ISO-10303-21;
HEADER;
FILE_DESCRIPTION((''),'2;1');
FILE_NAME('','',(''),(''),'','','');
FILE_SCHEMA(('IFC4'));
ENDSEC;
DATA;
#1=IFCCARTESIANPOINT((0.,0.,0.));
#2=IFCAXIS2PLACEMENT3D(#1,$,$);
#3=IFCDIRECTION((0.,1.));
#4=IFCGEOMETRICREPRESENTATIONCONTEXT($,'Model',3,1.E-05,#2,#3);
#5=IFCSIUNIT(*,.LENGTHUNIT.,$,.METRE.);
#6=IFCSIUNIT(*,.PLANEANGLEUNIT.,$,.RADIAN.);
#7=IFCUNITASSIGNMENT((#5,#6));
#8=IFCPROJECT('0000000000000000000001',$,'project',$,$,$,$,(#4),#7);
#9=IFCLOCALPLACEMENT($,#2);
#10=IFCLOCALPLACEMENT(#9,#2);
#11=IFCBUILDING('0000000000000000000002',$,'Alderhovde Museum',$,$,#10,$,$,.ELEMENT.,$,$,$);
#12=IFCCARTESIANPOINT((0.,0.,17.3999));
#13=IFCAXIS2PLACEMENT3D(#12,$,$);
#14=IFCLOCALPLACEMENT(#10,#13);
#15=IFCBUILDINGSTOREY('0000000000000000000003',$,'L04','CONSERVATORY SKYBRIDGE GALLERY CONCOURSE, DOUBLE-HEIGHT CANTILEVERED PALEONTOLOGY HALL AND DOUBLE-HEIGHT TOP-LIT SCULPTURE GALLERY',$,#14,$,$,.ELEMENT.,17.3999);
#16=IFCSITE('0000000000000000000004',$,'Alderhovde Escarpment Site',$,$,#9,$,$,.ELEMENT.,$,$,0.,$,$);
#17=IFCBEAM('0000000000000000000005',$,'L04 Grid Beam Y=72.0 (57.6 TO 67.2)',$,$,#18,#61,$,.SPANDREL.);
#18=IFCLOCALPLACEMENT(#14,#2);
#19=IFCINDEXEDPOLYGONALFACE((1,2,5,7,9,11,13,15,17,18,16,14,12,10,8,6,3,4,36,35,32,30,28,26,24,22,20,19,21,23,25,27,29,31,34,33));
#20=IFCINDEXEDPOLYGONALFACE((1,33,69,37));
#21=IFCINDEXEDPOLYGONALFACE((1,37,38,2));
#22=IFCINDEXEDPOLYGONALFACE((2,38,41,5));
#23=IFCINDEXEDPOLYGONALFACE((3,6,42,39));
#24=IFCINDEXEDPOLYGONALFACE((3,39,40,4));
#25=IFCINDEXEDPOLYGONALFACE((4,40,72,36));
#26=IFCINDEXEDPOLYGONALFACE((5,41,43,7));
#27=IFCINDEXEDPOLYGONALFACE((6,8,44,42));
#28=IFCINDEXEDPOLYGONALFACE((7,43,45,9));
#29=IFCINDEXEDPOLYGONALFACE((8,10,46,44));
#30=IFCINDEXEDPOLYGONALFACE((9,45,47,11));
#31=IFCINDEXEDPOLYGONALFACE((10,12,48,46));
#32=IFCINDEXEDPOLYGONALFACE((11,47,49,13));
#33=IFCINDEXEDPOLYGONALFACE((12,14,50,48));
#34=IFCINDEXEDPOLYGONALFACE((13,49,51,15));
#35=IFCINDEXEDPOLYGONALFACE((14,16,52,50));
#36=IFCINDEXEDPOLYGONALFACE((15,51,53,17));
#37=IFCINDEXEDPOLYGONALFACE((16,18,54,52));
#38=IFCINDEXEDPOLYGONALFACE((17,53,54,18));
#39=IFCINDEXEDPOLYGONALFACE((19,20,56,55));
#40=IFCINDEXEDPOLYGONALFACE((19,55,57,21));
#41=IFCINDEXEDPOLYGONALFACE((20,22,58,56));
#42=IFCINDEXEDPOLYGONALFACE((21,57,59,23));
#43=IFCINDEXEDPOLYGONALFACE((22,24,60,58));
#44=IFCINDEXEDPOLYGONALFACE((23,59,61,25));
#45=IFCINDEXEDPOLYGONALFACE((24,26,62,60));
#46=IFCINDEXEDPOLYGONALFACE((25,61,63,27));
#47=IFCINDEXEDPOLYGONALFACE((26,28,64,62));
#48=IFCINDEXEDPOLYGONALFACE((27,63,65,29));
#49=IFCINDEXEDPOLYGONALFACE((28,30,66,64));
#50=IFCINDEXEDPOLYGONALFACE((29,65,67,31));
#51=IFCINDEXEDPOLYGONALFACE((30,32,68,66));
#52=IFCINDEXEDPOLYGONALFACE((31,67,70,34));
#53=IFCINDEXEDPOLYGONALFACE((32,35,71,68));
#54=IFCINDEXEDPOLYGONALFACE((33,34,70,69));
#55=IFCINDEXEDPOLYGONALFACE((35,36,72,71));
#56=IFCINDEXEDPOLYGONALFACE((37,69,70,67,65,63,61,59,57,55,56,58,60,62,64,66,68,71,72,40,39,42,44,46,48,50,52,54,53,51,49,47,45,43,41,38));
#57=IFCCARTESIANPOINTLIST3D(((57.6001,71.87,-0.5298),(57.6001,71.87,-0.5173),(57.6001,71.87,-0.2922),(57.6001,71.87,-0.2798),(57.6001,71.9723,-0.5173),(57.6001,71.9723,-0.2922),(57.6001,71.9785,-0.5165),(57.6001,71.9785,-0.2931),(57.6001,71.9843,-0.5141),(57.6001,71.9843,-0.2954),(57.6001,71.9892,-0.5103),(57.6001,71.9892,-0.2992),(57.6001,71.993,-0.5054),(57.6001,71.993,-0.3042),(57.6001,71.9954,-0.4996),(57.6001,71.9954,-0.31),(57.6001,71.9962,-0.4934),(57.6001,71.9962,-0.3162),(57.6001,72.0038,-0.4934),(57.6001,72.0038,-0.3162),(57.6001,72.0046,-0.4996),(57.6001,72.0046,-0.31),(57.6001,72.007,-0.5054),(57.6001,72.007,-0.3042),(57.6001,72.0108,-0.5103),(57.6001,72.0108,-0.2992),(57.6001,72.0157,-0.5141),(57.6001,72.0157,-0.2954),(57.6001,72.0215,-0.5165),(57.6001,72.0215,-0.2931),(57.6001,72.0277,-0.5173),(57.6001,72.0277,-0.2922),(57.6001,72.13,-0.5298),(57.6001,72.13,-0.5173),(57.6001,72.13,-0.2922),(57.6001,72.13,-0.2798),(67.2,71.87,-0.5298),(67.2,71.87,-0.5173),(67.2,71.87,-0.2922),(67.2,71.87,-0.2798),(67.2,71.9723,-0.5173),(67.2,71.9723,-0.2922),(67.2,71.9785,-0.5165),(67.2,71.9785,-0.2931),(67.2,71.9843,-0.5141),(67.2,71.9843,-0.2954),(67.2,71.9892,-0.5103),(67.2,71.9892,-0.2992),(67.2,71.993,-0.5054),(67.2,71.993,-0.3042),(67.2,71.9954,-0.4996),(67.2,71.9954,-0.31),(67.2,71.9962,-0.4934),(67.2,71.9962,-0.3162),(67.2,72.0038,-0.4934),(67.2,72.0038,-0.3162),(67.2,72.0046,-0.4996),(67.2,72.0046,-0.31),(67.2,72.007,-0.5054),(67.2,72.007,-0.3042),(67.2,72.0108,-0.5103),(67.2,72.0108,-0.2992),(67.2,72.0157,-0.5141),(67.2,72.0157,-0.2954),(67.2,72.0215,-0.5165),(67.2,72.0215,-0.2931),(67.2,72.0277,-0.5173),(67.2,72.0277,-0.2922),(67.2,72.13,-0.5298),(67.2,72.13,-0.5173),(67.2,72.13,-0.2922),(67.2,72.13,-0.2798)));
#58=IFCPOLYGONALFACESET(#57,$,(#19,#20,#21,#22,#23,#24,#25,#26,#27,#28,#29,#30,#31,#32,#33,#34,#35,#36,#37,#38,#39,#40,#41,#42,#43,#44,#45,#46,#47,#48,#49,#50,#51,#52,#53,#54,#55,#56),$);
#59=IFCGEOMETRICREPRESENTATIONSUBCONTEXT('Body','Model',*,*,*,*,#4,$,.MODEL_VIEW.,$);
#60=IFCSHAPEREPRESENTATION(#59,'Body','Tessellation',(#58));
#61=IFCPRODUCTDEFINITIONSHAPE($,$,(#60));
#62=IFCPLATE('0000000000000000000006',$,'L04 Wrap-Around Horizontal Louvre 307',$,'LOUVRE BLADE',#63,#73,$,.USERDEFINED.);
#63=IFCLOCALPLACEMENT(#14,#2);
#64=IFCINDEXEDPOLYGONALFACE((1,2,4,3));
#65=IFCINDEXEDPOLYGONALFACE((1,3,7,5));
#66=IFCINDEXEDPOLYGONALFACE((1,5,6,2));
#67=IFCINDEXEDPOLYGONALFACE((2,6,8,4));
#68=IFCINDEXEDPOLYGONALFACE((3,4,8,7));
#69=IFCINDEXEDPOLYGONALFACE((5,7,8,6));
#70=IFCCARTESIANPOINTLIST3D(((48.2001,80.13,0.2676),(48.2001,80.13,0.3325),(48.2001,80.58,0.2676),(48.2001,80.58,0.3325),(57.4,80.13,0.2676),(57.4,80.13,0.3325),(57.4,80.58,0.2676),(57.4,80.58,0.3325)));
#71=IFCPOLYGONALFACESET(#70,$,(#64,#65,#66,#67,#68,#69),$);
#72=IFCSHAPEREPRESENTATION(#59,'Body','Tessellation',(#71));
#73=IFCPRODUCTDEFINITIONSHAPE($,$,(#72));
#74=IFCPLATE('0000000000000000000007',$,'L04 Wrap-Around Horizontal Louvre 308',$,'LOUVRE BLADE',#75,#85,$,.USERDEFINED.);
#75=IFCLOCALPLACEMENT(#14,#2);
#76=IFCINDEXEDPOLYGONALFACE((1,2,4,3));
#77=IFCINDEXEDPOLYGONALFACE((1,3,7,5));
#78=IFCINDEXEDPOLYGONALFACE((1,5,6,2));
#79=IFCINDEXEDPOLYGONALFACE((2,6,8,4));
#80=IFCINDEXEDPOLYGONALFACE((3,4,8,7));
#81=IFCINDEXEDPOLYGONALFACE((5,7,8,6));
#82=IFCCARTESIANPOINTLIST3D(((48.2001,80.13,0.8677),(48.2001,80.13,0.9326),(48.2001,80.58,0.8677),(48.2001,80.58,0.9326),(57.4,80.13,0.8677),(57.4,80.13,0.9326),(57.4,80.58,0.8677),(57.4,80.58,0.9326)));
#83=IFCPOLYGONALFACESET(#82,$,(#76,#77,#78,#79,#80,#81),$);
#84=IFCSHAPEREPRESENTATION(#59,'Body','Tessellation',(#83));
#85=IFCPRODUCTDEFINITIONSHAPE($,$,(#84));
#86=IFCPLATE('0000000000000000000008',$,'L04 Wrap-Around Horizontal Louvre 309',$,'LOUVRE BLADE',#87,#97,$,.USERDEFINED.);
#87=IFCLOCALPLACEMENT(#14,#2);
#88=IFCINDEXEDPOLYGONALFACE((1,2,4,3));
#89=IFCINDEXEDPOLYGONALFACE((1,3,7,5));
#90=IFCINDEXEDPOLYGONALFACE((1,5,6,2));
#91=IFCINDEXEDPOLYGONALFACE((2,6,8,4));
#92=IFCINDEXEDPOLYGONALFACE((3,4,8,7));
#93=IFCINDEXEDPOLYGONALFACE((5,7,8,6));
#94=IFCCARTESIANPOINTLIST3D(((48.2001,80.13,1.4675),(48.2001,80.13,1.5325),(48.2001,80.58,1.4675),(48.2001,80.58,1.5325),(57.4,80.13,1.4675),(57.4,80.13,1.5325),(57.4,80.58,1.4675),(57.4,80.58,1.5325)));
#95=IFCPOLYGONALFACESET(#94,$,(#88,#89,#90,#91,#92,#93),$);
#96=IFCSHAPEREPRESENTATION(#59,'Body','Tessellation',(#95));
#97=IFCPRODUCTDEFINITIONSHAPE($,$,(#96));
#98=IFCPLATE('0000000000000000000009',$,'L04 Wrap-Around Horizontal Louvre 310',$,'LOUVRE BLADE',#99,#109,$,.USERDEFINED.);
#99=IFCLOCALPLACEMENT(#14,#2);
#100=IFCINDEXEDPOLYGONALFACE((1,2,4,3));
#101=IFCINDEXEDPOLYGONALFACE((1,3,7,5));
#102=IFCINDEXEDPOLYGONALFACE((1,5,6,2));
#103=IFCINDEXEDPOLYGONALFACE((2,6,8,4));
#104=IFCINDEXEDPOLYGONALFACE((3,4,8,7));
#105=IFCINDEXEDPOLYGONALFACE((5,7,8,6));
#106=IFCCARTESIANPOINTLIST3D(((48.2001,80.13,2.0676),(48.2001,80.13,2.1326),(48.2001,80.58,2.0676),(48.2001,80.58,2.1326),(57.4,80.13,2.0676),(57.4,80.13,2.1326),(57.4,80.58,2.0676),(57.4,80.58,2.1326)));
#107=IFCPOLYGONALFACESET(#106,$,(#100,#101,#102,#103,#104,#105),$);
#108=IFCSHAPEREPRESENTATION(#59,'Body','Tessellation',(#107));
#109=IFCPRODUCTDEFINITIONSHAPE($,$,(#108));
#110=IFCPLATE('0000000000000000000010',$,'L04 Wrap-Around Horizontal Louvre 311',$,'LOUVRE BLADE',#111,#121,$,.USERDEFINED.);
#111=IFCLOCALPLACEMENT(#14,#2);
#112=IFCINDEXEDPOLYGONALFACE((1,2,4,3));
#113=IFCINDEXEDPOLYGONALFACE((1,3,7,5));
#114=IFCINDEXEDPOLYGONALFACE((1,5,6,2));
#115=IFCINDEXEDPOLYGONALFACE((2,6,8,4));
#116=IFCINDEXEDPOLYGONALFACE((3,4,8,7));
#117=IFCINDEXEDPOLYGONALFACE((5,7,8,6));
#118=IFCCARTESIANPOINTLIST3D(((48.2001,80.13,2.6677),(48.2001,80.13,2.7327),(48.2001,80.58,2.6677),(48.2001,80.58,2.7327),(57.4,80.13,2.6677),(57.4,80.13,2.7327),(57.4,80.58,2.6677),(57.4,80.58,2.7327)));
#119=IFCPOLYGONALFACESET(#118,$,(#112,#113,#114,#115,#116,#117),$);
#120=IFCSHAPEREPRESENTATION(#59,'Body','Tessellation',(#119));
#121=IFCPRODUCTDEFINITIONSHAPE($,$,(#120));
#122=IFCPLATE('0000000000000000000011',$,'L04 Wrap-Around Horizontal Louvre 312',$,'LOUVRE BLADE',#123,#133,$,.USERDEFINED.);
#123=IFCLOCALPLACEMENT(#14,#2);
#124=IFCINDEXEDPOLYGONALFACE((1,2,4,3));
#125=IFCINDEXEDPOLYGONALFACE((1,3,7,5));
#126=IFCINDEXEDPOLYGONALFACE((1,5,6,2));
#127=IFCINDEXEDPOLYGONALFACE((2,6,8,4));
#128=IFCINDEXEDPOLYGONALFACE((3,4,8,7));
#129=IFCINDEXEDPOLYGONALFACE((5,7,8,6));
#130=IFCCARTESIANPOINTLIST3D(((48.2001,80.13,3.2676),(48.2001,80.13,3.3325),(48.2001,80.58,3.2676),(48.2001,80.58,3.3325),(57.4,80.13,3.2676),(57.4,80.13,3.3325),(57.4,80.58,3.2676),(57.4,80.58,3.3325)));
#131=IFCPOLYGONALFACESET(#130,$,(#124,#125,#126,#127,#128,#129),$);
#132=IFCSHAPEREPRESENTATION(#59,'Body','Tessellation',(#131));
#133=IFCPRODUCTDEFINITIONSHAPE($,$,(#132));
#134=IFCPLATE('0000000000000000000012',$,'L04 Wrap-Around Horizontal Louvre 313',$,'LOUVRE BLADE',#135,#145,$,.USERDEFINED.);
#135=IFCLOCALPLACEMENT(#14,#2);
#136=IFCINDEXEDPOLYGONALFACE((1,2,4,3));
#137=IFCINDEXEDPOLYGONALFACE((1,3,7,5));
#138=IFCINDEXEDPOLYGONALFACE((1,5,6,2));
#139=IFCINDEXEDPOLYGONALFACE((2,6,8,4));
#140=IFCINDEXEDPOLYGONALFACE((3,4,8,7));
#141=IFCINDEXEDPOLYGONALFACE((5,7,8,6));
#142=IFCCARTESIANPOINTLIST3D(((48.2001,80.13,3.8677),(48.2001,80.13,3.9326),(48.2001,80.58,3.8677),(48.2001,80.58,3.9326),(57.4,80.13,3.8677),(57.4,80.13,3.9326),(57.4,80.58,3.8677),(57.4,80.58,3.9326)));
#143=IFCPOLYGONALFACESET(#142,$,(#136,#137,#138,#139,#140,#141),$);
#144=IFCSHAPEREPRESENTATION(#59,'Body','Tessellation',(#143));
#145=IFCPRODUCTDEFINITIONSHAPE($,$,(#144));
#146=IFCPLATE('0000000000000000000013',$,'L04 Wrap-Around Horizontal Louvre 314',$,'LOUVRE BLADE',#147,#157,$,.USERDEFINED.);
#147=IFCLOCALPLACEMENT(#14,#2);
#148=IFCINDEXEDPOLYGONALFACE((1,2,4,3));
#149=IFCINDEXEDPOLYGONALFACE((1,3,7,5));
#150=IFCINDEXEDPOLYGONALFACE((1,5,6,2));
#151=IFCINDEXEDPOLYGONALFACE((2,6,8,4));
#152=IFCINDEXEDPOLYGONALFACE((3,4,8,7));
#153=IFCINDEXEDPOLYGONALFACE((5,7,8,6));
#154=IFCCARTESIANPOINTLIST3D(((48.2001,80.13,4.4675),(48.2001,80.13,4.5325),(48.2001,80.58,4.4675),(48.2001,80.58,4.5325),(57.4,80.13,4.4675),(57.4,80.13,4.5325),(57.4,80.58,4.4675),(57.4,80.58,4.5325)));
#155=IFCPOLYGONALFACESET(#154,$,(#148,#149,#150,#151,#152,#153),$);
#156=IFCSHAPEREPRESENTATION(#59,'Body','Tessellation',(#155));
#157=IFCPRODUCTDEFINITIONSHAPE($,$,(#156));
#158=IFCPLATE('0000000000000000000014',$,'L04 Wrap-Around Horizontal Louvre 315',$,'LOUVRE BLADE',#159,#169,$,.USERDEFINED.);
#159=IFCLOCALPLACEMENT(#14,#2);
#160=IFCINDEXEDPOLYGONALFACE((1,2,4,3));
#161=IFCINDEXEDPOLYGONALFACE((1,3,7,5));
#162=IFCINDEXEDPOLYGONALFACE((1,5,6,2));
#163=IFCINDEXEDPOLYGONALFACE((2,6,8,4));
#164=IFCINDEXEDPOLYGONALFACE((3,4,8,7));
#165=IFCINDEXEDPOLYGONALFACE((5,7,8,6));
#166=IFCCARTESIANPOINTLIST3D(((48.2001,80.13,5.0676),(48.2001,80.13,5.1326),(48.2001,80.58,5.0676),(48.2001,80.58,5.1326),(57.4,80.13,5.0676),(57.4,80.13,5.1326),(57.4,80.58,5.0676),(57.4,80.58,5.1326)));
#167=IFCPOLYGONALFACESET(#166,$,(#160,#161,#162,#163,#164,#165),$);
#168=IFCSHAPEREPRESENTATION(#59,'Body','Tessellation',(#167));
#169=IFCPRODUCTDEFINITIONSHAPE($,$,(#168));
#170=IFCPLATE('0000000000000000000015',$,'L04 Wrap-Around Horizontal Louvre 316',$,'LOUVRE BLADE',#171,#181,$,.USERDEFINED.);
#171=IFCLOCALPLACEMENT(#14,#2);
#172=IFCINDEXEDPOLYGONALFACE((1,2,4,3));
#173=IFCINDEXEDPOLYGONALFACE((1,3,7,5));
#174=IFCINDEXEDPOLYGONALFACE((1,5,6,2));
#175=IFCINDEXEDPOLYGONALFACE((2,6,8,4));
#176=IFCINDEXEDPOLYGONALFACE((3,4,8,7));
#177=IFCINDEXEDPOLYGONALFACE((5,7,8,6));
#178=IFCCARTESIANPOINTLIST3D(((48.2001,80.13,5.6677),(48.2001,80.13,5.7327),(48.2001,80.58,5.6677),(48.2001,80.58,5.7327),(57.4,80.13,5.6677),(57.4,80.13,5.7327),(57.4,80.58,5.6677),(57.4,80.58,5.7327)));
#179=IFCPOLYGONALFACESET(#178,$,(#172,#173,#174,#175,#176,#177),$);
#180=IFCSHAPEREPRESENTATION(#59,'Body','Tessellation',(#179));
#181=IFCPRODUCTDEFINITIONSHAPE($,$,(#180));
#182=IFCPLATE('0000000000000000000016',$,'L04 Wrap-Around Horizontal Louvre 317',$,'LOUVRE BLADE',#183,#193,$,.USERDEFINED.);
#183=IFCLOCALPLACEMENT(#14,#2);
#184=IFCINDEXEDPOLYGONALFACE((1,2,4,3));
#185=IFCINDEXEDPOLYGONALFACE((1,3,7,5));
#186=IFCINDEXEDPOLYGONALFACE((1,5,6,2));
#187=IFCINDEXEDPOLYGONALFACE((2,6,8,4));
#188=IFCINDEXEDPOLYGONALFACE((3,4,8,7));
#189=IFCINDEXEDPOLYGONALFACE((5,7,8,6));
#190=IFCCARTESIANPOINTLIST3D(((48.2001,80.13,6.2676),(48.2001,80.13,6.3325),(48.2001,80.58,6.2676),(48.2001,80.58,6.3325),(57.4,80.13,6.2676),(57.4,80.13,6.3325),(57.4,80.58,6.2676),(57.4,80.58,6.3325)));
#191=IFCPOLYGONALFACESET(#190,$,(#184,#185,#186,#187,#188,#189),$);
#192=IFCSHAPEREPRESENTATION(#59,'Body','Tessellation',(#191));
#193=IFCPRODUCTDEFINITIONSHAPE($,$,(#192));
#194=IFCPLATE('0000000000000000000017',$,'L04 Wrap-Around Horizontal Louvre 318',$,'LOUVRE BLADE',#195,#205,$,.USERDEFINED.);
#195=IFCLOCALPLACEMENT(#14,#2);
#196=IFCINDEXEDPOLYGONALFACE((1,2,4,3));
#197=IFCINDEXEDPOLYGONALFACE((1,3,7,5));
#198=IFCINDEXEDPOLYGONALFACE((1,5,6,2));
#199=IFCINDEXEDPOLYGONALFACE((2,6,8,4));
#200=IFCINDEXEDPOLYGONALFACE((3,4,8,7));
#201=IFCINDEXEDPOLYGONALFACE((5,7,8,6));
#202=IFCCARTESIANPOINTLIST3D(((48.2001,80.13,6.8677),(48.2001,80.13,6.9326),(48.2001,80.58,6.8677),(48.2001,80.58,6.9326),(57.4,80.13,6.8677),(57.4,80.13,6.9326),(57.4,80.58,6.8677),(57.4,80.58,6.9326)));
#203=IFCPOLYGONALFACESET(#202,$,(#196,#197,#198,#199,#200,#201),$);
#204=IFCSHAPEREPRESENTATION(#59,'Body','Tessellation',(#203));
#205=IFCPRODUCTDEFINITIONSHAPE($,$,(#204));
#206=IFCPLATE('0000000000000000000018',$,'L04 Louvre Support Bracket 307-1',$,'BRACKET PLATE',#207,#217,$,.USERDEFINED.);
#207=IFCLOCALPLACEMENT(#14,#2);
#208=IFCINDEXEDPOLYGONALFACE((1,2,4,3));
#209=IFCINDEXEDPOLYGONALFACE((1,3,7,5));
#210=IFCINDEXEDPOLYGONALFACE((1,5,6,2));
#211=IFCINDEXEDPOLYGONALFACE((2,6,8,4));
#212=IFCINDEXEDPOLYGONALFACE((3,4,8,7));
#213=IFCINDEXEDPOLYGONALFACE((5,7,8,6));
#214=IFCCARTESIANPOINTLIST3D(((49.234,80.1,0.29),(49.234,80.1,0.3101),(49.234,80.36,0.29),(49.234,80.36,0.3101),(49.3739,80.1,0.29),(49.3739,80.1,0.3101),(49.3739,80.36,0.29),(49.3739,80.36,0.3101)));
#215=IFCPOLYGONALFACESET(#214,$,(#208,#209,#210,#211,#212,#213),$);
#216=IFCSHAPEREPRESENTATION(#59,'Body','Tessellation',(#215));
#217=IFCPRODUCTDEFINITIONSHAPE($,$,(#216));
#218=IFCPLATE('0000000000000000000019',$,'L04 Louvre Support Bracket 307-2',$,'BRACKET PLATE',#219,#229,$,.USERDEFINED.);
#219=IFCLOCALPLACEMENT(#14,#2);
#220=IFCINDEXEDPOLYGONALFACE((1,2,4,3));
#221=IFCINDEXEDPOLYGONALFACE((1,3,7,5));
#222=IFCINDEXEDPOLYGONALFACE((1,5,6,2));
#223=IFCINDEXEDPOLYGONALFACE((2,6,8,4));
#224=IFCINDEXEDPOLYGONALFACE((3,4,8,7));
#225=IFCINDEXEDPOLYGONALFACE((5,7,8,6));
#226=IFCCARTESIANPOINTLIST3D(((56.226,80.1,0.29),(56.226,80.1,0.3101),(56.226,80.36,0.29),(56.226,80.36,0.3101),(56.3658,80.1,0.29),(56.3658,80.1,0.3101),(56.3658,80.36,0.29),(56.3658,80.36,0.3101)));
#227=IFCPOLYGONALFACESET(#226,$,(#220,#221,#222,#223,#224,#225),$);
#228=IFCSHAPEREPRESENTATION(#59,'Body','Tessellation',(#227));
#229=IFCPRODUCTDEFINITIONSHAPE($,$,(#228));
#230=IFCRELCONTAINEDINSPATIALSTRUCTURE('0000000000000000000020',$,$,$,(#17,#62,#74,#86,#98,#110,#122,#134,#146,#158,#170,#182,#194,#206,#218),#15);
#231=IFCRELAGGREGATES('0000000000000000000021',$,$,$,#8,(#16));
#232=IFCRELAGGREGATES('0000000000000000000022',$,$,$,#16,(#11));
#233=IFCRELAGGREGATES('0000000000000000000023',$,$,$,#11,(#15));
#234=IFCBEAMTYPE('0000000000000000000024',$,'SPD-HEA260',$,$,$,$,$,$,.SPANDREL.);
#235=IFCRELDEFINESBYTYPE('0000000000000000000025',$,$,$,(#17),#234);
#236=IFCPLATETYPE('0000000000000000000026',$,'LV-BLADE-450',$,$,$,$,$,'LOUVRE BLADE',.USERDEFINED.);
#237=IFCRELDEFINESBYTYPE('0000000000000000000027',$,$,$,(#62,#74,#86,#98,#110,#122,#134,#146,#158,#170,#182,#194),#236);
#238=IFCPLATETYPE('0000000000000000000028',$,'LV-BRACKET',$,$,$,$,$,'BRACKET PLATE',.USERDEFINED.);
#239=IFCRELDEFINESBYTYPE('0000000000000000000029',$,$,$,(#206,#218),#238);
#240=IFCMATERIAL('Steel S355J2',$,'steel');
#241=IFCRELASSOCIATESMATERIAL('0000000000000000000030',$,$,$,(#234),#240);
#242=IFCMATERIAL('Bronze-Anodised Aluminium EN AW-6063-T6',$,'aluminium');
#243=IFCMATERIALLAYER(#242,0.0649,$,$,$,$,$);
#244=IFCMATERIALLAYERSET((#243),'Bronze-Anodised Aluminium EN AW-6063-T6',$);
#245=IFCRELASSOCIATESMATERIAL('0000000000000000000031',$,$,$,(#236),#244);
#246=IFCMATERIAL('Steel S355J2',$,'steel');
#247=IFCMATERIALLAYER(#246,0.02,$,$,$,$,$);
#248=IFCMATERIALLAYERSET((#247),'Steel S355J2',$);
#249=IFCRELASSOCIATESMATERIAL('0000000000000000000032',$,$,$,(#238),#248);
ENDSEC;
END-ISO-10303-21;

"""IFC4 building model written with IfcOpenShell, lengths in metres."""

from ifc_helpers import new_model, si_unit, direction, frame, origin, origin_2d, place, context, subcontext, project, spatial, rectangle, i_section, extrude, material, layer, layer_set, material_profile, profile_set, type_object, element, save


model = new_model("IFC4")

# Units and contexts
model_context = context("Model", 3, precision=1e-05, world=origin(), true_north=direction((0.0, 1.0)))
body_context = subcontext(model_context, "Body", "Model", "MODEL_VIEW")
ifc_project = project(units=[si_unit("LENGTHUNIT", "METRE"), si_unit("PLANEANGLEUNIT", "RADIAN")], contexts=[model_context])

# Site, building, storey
site_placement = place(None, origin())
site = spatial("IfcSite", under=ifc_project, at=site_placement, Name="Alderhovde Escarpment Site", CompositionType="ELEMENT", RefElevation=0.0)
building_placement = place(site_placement, origin())
building = spatial("IfcBuilding", under=site, at=building_placement, Name="Alderhovde Museum", CompositionType="ELEMENT")
storey_placement = place(building_placement, frame((0.0, 0.0, 17.3999)))
storey = spatial("IfcBuildingStorey", under=building, at=storey_placement, Name="L04", Description="CONSERVATORY SKYBRIDGE GALLERY CONCOURSE, DOUBLE-HEIGHT CANTILEVERED PALEONTOLOGY HALL AND DOUBLE-HEIGHT TOP-LIT SCULPTURE GALLERY", CompositionType="ELEMENT", Elevation=17.3999)

# Beam
ifc_material_1 = material(Name="Steel S355J2", Category="steel")
ifc_material_profile_1 = material_profile(ifc_material_1, i_section(OverallWidth=0.26, OverallDepth=0.25, WebThickness=0.0076, FlangeThickness=0.0125, FilletRadius=0.0239, at=origin_2d()), Name="HEA 260")
ifc_profile_set_1 = profile_set([ifc_material_profile_1], Name="Steel S355J2")
beam_type_1 = type_object("IfcBeamType", Name="SPD-HEA260", PredefinedType="SPANDREL", material=ifc_profile_set_1)
beam_1_placement = place(storey_placement, frame((57.6001, 72.0, -0.4048), z_axis=(1.0, 0.0, 0.0), x_axis=(0.0, 1.0, 0.0)))
element("IfcBeam", 1, at=beam_1_placement, inside=storey, type_object=beam_type_1, Name="L04 Grid Beam Y=72.0 (57.6 TO 67.2)", PredefinedType="SPANDREL", context=body_context, shape_type="SweptSolid", body=[
    extrude(i_section(OverallWidth=0.26, OverallDepth=0.25, WebThickness=0.0076, FlangeThickness=0.0125, FilletRadius=0.0239, at=origin_2d()), origin(), (0.0, 0.0, 1.0), 9.5999),
])

# Plates
ifc_material_2 = material(Name="Bronze-Anodised Aluminium EN AW-6063-T6", Category="aluminium")
ifc_layer_1 = layer(ifc_material_2, 0.0649)
ifc_layer_set_1 = layer_set([ifc_layer_1], Name="Bronze-Anodised Aluminium EN AW-6063-T6")
plate_type_1 = type_object("IfcPlateType", Name="LV-BLADE-450", ElementType="LOUVRE BLADE", PredefinedType="USERDEFINED", material=ifc_layer_set_1)
for number, where, z_axis, x_axis, name in (
    (2, (52.8, 80.355, 0.2676), (0.0, 0.0, 1.0), (1.0, 0.0, 0.0), "L04 Wrap-Around Horizontal Louvre 307"),
    (3, (52.8, 80.355, 0.8677), (0.0, 0.0, 1.0), (1.0, 0.0, 0.0), "L04 Wrap-Around Horizontal Louvre 308"),
    (4, (52.8, 80.355, 1.4675), (0.0, 0.0, 1.0), (1.0, 0.0, 0.0), "L04 Wrap-Around Horizontal Louvre 309"),
    (5, (52.8, 80.355, 2.0676), (0.0, 0.0, 1.0), (1.0, 0.0, 0.0), "L04 Wrap-Around Horizontal Louvre 310"),
    (6, (52.8, 80.355, 2.6677), (0.0, 0.0, 1.0), (1.0, 0.0, 0.0), "L04 Wrap-Around Horizontal Louvre 311"),
    (7, (52.8, 80.355, 3.2676), (0.0, 0.0, 1.0), (1.0, 0.0, 0.0), "L04 Wrap-Around Horizontal Louvre 312"),
    (8, (52.8, 80.355, 3.8677), (0.0, 0.0, 1.0), (1.0, 0.0, 0.0), "L04 Wrap-Around Horizontal Louvre 313"),
    (9, (52.8, 80.355, 4.4675), (0.0, 0.0, 1.0), (1.0, 0.0, 0.0), "L04 Wrap-Around Horizontal Louvre 314"),
    (10, (52.8, 80.355, 5.0676), (0.0, 0.0, 1.0), (1.0, 0.0, 0.0), "L04 Wrap-Around Horizontal Louvre 315"),
    (11, (52.8, 80.355, 5.6677), (0.0, 0.0, 1.0), (1.0, 0.0, 0.0), "L04 Wrap-Around Horizontal Louvre 316"),
    (12, (52.8, 80.355, 6.2676), (0.0, 0.0, 1.0), (1.0, 0.0, 0.0), "L04 Wrap-Around Horizontal Louvre 317"),
    (13, (52.8, 80.355, 6.8677), (0.0, 0.0, 1.0), (1.0, 0.0, 0.0), "L04 Wrap-Around Horizontal Louvre 318"),
):
    element("IfcPlate", number, at=place(storey_placement, frame(where, z_axis=z_axis, x_axis=x_axis)), inside=storey, type_object=plate_type_1, Name=name, ObjectType="LOUVRE BLADE", PredefinedType="USERDEFINED", context=body_context, shape_type="SweptSolid", body=[
        extrude(rectangle(XDim=9.2, YDim=0.45, at=origin_2d()), origin(), (0.0, 0.0, 1.0), 0.0649),
    ])
ifc_material_3 = material(Name="Steel S355J2", Category="steel")
ifc_layer_2 = layer(ifc_material_3, 0.02)
ifc_layer_set_2 = layer_set([ifc_layer_2], Name="Steel S355J2")
plate_type_2 = type_object("IfcPlateType", Name="LV-BRACKET", ElementType="BRACKET PLATE", PredefinedType="USERDEFINED", material=ifc_layer_set_2)
for number, where, z_axis, x_axis, name in (
    (14, (49.304, 80.23, 0.29), (0.0, 0.0, 1.0), (1.0, 0.0, 0.0), "L04 Louvre Support Bracket 307-1"),
    (15, (56.2959, 80.23, 0.29), (0.0, 0.0, 1.0), (1.0, 0.0, 0.0), "L04 Louvre Support Bracket 307-2"),
):
    element("IfcPlate", number, at=place(storey_placement, frame(where, z_axis=z_axis, x_axis=x_axis)), inside=storey, type_object=plate_type_2, Name=name, ObjectType="BRACKET PLATE", PredefinedType="USERDEFINED", context=body_context, shape_type="SweptSolid", body=[
        extrude(rectangle(XDim=0.1399, YDim=0.26, at=origin_2d()), origin(), (0.0, 0.0, 1.0), 0.02),
    ])

save(model, "model.ifc")
